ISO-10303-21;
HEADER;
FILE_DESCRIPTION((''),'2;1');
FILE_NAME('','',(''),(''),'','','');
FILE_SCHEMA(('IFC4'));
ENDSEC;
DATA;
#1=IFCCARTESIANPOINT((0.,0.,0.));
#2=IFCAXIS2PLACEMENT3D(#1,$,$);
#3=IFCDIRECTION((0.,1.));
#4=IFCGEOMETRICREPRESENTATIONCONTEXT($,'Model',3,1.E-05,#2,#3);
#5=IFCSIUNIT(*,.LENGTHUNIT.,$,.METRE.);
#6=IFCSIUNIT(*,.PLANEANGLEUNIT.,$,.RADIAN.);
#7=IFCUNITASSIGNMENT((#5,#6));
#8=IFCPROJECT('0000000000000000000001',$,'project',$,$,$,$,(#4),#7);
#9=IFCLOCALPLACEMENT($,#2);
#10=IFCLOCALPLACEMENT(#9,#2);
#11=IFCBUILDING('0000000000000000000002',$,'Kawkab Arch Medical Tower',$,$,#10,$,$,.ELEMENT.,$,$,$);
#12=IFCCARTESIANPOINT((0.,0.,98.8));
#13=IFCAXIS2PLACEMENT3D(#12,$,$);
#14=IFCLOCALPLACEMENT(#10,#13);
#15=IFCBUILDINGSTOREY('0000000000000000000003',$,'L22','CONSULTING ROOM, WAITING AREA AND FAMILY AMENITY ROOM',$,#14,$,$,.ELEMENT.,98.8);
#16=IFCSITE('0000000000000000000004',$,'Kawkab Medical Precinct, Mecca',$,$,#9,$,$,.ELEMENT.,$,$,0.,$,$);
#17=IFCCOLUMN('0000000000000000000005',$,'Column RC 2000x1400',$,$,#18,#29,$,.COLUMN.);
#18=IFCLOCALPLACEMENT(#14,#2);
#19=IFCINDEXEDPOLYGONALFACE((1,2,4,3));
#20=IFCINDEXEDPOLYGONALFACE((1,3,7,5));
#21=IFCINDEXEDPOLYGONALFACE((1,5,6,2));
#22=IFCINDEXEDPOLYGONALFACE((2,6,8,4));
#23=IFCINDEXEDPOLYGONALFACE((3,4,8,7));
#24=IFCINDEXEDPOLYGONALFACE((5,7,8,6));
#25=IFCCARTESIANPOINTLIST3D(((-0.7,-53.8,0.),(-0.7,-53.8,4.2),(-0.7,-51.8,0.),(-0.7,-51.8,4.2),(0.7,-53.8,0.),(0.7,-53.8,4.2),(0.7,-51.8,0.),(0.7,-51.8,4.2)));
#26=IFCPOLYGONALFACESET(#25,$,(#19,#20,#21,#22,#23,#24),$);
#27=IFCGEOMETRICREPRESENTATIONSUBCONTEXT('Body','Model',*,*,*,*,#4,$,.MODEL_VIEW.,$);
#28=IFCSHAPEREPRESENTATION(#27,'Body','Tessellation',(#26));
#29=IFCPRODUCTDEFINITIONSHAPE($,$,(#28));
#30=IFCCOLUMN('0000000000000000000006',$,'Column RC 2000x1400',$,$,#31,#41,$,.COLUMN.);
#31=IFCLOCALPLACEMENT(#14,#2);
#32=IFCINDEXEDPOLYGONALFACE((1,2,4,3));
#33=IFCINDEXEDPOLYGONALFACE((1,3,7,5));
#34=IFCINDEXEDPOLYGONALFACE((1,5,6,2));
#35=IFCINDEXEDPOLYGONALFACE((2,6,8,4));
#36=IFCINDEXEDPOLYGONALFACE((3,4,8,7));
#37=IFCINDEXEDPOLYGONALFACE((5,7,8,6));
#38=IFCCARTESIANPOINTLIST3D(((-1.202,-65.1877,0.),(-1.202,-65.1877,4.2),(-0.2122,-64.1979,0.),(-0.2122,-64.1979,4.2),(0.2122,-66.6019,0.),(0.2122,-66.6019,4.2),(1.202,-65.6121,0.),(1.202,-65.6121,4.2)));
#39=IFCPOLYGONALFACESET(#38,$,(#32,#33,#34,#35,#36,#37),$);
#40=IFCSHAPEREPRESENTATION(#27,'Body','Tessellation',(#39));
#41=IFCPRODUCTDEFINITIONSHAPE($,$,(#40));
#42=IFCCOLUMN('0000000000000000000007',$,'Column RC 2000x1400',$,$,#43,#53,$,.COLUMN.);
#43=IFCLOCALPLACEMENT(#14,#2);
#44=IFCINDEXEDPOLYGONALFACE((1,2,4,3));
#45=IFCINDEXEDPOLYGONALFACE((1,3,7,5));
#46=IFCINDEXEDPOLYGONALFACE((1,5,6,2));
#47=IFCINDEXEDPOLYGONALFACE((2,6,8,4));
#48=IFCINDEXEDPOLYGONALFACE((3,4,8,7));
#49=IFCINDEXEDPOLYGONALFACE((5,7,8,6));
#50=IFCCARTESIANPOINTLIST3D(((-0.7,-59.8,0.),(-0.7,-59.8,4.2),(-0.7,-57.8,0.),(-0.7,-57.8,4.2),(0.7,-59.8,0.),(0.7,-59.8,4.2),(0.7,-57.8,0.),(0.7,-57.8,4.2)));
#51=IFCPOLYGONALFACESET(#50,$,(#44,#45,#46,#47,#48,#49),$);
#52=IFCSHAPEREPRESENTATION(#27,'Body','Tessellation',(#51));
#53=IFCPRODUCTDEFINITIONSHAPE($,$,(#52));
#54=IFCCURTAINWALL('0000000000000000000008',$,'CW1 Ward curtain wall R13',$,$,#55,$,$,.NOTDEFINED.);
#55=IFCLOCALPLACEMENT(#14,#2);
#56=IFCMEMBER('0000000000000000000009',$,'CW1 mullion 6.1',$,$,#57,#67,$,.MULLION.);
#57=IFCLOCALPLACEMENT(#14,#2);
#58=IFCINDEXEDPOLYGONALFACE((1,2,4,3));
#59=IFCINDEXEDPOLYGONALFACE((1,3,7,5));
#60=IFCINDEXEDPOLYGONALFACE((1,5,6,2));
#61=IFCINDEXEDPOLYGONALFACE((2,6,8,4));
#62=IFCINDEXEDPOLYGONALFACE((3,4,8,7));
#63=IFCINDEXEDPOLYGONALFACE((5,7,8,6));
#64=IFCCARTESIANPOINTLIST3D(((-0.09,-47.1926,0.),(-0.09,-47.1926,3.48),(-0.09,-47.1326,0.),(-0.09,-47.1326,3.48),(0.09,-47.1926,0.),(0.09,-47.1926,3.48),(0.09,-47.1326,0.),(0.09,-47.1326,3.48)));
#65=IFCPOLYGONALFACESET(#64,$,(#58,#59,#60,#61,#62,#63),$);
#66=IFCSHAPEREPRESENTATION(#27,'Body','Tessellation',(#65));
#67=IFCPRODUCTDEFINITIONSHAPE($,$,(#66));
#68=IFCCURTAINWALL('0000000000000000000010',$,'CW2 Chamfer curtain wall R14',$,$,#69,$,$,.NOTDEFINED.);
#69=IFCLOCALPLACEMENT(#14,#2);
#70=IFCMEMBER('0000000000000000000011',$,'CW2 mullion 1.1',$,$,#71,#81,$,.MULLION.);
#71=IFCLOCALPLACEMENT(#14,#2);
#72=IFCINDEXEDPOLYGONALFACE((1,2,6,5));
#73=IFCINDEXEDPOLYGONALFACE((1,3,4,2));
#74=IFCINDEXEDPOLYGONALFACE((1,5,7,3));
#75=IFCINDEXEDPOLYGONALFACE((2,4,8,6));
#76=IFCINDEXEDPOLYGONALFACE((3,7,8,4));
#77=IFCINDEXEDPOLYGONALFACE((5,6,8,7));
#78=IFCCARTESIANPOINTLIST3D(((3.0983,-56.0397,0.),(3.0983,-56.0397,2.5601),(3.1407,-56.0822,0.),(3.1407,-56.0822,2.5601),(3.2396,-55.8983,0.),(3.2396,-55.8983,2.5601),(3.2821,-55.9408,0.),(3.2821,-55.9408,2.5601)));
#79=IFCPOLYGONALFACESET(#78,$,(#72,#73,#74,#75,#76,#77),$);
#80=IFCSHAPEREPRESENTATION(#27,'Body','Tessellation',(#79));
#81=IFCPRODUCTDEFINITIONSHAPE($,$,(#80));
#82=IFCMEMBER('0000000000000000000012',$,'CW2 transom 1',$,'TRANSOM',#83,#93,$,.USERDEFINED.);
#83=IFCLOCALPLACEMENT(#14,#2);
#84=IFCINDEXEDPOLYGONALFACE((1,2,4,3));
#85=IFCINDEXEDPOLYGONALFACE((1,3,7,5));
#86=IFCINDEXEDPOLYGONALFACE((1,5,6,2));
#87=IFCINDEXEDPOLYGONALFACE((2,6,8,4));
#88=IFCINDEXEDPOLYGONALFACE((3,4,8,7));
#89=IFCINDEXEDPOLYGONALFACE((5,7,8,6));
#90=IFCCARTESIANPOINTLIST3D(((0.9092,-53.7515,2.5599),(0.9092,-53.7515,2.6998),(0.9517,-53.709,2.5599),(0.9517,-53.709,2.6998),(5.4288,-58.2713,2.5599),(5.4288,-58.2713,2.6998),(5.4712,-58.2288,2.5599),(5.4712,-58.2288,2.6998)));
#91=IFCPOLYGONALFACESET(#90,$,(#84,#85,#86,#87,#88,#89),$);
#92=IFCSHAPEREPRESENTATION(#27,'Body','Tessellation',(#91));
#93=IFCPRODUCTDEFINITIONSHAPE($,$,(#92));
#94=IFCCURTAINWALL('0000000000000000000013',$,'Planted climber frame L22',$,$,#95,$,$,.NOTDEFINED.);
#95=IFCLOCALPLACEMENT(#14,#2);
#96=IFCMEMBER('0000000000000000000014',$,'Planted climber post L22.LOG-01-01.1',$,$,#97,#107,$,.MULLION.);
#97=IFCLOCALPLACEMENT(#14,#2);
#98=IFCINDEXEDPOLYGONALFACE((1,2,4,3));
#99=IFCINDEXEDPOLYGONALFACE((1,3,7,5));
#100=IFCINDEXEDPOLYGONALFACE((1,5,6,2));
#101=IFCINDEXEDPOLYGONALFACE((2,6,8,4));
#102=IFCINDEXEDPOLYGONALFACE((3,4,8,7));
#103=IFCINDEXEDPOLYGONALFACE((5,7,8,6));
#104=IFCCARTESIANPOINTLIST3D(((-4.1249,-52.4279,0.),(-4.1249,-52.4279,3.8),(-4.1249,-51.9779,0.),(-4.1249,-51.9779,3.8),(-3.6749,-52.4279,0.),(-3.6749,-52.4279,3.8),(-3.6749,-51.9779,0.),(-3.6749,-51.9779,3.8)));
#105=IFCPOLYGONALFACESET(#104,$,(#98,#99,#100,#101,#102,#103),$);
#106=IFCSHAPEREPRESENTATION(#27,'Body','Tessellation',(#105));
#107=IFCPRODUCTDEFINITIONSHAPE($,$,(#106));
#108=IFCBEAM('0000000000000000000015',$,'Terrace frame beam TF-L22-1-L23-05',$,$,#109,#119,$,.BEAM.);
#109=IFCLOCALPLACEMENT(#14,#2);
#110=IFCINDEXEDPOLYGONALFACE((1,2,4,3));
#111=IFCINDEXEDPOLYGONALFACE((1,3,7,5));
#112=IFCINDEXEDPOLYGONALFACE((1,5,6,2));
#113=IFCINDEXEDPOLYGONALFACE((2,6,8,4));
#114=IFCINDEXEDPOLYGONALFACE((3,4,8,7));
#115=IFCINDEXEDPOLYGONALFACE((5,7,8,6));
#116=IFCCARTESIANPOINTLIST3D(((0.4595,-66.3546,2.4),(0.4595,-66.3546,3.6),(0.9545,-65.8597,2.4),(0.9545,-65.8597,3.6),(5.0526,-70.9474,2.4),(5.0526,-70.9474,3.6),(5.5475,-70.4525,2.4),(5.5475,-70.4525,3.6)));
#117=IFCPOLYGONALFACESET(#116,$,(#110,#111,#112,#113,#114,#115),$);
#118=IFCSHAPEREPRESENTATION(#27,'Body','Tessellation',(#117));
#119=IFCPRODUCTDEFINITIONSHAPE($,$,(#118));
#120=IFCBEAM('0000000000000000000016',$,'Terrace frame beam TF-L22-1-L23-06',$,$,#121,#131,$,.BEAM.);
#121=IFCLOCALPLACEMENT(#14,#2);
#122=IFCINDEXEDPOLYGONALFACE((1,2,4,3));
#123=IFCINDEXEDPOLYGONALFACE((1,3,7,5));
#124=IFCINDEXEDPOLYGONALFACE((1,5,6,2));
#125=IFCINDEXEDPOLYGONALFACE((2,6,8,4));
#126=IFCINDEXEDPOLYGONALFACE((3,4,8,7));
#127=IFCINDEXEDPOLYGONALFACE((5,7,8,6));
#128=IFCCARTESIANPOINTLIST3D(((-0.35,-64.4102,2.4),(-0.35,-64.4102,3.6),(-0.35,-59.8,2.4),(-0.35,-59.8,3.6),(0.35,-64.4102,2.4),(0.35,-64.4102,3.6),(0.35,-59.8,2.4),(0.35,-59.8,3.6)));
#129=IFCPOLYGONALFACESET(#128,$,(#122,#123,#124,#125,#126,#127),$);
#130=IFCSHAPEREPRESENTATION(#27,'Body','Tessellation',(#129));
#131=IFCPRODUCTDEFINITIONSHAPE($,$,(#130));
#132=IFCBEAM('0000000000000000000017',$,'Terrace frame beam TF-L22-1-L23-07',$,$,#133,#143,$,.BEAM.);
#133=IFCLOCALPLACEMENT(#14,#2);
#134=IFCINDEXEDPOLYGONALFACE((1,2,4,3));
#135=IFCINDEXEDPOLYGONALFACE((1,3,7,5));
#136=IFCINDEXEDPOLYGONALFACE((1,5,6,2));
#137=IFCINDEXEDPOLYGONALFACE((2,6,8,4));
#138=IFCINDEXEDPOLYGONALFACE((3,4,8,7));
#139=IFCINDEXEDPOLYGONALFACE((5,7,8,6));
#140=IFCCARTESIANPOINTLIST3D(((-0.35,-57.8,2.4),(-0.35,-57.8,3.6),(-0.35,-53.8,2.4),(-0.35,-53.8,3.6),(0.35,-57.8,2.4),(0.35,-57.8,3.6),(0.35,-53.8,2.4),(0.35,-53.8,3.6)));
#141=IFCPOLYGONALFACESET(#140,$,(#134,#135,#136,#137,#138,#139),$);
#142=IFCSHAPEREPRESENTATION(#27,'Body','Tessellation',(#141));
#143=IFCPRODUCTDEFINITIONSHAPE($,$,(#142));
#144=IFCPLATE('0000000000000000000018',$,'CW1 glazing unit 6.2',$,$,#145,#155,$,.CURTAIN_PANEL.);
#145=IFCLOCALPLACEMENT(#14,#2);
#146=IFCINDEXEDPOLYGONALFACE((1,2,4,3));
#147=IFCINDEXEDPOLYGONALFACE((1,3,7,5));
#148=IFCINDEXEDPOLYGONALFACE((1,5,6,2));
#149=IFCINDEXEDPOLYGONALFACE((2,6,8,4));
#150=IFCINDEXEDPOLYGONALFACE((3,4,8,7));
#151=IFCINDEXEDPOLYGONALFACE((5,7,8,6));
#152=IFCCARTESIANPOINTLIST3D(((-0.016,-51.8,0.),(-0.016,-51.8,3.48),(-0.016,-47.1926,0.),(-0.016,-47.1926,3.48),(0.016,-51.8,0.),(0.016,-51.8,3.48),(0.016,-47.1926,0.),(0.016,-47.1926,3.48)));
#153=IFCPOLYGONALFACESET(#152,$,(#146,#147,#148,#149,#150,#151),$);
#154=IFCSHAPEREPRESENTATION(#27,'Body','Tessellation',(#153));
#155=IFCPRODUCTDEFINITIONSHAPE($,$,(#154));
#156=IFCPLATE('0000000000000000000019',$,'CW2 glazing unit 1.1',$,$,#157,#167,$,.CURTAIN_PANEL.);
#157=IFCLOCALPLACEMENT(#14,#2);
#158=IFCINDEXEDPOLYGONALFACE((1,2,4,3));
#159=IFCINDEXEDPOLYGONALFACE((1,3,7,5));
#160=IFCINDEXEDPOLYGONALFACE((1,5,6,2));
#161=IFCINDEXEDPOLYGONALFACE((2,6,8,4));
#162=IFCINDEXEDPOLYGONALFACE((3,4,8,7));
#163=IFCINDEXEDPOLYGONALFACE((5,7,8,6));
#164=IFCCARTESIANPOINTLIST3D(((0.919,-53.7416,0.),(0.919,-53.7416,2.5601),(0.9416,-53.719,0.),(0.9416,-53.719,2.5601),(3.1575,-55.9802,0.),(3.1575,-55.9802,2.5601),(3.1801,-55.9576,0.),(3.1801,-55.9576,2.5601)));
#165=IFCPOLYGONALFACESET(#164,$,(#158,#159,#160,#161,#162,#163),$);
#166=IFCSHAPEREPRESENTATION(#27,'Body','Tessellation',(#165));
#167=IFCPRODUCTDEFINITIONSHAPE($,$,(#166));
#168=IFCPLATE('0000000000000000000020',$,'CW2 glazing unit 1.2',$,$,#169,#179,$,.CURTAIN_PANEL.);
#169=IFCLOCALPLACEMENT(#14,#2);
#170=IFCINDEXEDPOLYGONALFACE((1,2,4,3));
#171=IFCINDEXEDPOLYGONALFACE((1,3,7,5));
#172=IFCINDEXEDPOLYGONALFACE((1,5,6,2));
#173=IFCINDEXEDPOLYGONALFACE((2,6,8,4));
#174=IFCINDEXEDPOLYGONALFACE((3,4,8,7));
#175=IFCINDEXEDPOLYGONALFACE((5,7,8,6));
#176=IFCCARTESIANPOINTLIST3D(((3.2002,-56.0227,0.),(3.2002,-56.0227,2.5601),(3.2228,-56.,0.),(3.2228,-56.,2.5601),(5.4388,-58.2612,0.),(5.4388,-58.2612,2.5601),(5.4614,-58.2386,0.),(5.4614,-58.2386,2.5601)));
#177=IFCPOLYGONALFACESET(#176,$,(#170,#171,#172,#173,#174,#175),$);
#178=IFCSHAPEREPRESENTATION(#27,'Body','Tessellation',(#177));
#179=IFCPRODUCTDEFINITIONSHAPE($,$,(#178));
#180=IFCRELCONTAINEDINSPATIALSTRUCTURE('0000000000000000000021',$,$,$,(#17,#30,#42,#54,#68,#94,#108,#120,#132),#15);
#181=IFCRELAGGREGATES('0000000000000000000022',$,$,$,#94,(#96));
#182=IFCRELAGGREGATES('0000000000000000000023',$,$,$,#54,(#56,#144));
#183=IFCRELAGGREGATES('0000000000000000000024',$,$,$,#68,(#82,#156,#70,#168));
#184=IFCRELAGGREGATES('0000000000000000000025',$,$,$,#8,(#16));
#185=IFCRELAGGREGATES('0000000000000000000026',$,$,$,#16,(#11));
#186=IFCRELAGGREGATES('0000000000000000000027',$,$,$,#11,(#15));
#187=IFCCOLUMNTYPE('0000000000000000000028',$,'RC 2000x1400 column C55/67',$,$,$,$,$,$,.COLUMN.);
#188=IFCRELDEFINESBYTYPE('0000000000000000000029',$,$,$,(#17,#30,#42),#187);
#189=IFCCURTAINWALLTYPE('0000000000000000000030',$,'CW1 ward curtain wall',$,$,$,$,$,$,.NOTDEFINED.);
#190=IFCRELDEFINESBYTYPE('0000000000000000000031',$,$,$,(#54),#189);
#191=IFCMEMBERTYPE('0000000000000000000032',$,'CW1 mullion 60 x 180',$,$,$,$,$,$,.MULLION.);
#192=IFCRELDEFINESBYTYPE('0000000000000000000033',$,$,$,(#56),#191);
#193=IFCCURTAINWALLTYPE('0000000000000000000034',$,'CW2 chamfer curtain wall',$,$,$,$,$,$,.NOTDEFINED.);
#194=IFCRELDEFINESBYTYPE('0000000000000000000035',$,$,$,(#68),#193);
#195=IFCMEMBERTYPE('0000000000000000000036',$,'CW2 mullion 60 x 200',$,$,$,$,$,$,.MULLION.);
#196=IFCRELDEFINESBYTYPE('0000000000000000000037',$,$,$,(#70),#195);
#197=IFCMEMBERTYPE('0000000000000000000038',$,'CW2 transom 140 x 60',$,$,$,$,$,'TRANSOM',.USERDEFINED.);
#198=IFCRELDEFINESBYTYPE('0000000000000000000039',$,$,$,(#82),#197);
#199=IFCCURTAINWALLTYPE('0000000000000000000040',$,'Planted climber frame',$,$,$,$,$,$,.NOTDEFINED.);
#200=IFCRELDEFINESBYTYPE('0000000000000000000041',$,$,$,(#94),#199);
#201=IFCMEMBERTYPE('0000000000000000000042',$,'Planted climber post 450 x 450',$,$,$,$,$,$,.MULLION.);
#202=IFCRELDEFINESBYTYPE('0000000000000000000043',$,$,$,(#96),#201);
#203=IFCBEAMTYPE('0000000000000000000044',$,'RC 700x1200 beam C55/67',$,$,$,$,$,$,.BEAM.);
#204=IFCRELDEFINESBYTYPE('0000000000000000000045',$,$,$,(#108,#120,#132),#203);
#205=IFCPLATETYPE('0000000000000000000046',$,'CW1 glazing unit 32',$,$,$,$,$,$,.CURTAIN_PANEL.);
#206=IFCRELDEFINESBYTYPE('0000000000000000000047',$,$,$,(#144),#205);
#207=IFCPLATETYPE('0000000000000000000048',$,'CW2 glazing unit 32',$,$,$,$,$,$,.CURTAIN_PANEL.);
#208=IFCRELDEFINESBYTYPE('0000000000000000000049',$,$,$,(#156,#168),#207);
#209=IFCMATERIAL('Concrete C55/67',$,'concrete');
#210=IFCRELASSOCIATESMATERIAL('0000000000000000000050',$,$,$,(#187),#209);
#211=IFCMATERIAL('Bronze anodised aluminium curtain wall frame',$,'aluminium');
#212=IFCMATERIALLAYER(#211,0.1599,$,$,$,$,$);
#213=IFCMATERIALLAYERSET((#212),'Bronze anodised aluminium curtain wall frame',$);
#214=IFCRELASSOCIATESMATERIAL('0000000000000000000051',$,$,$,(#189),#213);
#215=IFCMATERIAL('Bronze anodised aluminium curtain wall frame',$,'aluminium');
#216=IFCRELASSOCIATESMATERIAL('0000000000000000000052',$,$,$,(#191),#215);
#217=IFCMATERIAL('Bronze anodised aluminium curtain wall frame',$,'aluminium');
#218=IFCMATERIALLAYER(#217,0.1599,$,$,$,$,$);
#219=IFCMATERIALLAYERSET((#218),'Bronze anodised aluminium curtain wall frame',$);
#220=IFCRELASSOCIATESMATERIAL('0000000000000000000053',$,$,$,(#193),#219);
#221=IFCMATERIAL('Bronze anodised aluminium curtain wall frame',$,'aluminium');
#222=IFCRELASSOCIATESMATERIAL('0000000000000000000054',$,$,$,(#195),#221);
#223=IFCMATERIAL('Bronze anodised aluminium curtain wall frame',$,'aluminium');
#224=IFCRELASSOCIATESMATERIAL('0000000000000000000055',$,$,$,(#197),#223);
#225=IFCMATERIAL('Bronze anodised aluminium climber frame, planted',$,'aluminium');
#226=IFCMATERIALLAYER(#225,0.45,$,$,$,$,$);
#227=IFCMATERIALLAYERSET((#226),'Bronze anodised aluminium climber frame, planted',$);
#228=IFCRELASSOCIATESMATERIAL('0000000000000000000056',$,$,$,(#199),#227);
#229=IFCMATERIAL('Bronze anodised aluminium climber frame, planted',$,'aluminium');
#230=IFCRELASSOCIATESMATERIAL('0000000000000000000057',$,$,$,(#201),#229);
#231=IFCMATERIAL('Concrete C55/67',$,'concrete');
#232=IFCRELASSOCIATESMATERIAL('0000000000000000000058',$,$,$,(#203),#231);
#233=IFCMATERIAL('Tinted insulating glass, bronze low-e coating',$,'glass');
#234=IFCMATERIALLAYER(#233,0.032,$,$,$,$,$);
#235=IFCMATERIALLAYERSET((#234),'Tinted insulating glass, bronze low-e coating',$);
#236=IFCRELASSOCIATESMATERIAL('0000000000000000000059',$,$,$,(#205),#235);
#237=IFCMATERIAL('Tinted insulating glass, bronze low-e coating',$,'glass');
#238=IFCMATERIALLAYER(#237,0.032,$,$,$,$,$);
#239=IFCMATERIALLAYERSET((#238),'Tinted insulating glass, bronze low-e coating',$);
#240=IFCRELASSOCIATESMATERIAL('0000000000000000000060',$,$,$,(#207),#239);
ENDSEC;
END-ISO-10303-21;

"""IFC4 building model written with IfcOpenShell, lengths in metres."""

from ifc_helpers import new_model, si_unit, direction, frame, origin, origin_2d, place, context, subcontext, project, spatial, rectangle, extrude, material, layer, layer_set, material_profile, profile_set, type_object, element, aggregate, save


model = new_model("IFC4")

# Units and contexts
model_context = context("Model", 3, precision=1e-05, world=origin(), true_north=direction((0.0, 1.0)))
body_context = subcontext(model_context, "Body", "Model", "MODEL_VIEW")
ifc_project = project(units=[si_unit("LENGTHUNIT", "METRE"), si_unit("PLANEANGLEUNIT", "RADIAN")], contexts=[model_context])

# Site, building, storey
site_placement = place(None, origin())
site = spatial("IfcSite", under=ifc_project, at=site_placement, Name="Kawkab Medical Precinct, Mecca", CompositionType="ELEMENT", RefElevation=0.0)
building_placement = place(site_placement, origin())
building = spatial("IfcBuilding", under=site, at=building_placement, Name="Kawkab Arch Medical Tower", CompositionType="ELEMENT")
storey_placement = place(building_placement, frame((0.0, 0.0, 98.8)))
storey = spatial("IfcBuildingStorey", under=building, at=storey_placement, Name="L22", Description="CONSULTING ROOM, WAITING AREA AND FAMILY AMENITY ROOM", CompositionType="ELEMENT", Elevation=98.8)

# Columns
ifc_material_1 = material(Name="Concrete C55/67", Category="concrete")
ifc_material_profile_1 = material_profile(ifc_material_1, rectangle(XDim=2.0, YDim=1.3999, at=origin_2d()), Name="RC 2000x1400")
ifc_profile_set_1 = profile_set([ifc_material_profile_1], Name="Concrete C55/67")
column_type = type_object("IfcColumnType", Name="RC 2000x1400 column C55/67", PredefinedType="COLUMN", material=ifc_profile_set_1)
for number, where, z_axis, x_axis, name in (
    (1, (0.0, -52.8, 0.0), (0.0, 0.0, 1.0), (0.0, 1.0, 0.0), "Column RC 2000x1400"),
    (2, (0.0, -65.3999, 0.0), (0.0, 0.0, 1.0), (-0.707107, 0.707107, 0.0), "Column RC 2000x1400"),
    (3, (0.0, -58.8, 0.0), (0.0, 0.0, 1.0), (0.0, 1.0, 0.0), "Column RC 2000x1400"),
):
    element("IfcColumn", number, at=place(storey_placement, frame(where, z_axis=z_axis, x_axis=x_axis)), inside=storey, type_object=column_type, Name=name, PredefinedType="COLUMN", context=body_context, shape_type="SweptSolid", body=[
        extrude(rectangle(XDim=2.0, YDim=1.3999, at=origin_2d()), origin(), (0.0, 0.0, 1.0), 4.2),
    ])

# Curtain wall, member
ifc_material_2 = material(Name="Bronze anodised aluminium curtain wall frame", Category="aluminium")
ifc_layer_1 = layer(ifc_material_2, 0.1599)
ifc_layer_set_1 = layer_set([ifc_layer_1], Name="Bronze anodised aluminium curtain wall frame")
curtain_wall_type_1 = type_object("IfcCurtainWallType", Name="CW1 ward curtain wall", PredefinedType="NOTDEFINED", material=ifc_layer_set_1)
placement = place(storey_placement, origin())
curtain_wall_1 = element("IfcCurtainWall", 4, at=placement, inside=storey, type_object=curtain_wall_type_1, Name="CW1 Ward curtain wall R13", PredefinedType="NOTDEFINED")
ifc_material_3 = material(Name="Bronze anodised aluminium curtain wall frame", Category="aluminium")
ifc_material_profile_2 = material_profile(ifc_material_3, rectangle(XDim=0.1799, YDim=0.0601, at=origin_2d()), Name="AL 60x180")
ifc_profile_set_2 = profile_set([ifc_material_profile_2], Name="Bronze anodised aluminium curtain wall frame")
member_type_1 = type_object("IfcMemberType", Name="CW1 mullion 60 x 180", PredefinedType="MULLION", material=ifc_profile_set_2)
member_1_placement = place(storey_placement, frame((0.0, -47.1626, 0.0), z_axis=(0.0, 0.0, 1.0), x_axis=(1.0, 0.0, 0.0)))
member_1 = element("IfcMember", 5, at=member_1_placement, type_object=member_type_1, Name="CW1 mullion 6.1", PredefinedType="MULLION", context=body_context, shape_type="SweptSolid", body=[
    extrude(rectangle(XDim=0.1799, YDim=0.0601, at=origin_2d()), origin(), (0.0, 0.0, 1.0), 3.48),
])

# Curtain wall, members
ifc_material_4 = material(Name="Bronze anodised aluminium curtain wall frame", Category="aluminium")
ifc_layer_2 = layer(ifc_material_4, 0.1599)
ifc_layer_set_2 = layer_set([ifc_layer_2], Name="Bronze anodised aluminium curtain wall frame")
curtain_wall_type_2 = type_object("IfcCurtainWallType", Name="CW2 chamfer curtain wall", PredefinedType="NOTDEFINED", material=ifc_layer_set_2)
curtain_wall_2 = element("IfcCurtainWall", 6, at=placement, inside=storey, type_object=curtain_wall_type_2, Name="CW2 Chamfer curtain wall R14", PredefinedType="NOTDEFINED")
ifc_material_5 = material(Name="Bronze anodised aluminium curtain wall frame", Category="aluminium")
ifc_material_profile_3 = material_profile(ifc_material_5, rectangle(XDim=0.2, YDim=0.0601, at=origin_2d()), Name="AL 60x200")
ifc_profile_set_3 = profile_set([ifc_material_profile_3], Name="Bronze anodised aluminium curtain wall frame")
member_type_2 = type_object("IfcMemberType", Name="CW2 mullion 60 x 200", PredefinedType="MULLION", material=ifc_profile_set_3)
member_2_placement = place(storey_placement, frame((3.1902, -55.9902, 0.0), z_axis=(0.0, 0.0, 1.0), x_axis=(0.707107, 0.707107, 0.0)))
member_2 = element("IfcMember", 7, at=member_2_placement, type_object=member_type_2, Name="CW2 mullion 1.1", PredefinedType="MULLION", context=body_context, shape_type="SweptSolid", body=[
    extrude(rectangle(XDim=0.2, YDim=0.0601, at=origin_2d()), origin(), (0.0, 0.0, 1.0), 2.5601),
])
ifc_material_6 = material(Name="Bronze anodised aluminium curtain wall frame", Category="aluminium")
ifc_material_profile_4 = material_profile(ifc_material_6, rectangle(XDim=0.0601, YDim=0.1399, at=origin_2d()), Name="AL 60x140")
ifc_profile_set_4 = profile_set([ifc_material_profile_4], Name="Bronze anodised aluminium curtain wall frame")
member_type_3 = type_object("IfcMemberType", Name="CW2 transom 140 x 60", ElementType="TRANSOM", PredefinedType="USERDEFINED", material=ifc_profile_set_4)
member_3_placement = place(storey_placement, frame((0.9304, -53.7302, 2.6299), z_axis=(0.707088, -0.707126, 0.0), x_axis=(0.707126, 0.707088, 0.0)))
member_3 = element("IfcMember", 8, at=member_3_placement, type_object=member_type_3, Name="CW2 transom 1", ObjectType="TRANSOM", PredefinedType="USERDEFINED", context=body_context, shape_type="SweptSolid", body=[
    extrude(rectangle(XDim=0.0601, YDim=0.1399, at=origin_2d()), origin(), (0.0, 0.0, 1.0), 6.3918),
])

# Curtain wall, member
ifc_material_7 = material(Name="Bronze anodised aluminium climber frame, planted", Category="aluminium")
ifc_layer_3 = layer(ifc_material_7, 0.45)
ifc_layer_set_3 = layer_set([ifc_layer_3], Name="Bronze anodised aluminium climber frame, planted")
curtain_wall_type_3 = type_object("IfcCurtainWallType", Name="Planted climber frame", PredefinedType="NOTDEFINED", material=ifc_layer_set_3)
curtain_wall_3 = element("IfcCurtainWall", 9, at=placement, inside=storey, type_object=curtain_wall_type_3, Name="Planted climber frame L22", PredefinedType="NOTDEFINED")
ifc_material_8 = material(Name="Bronze anodised aluminium climber frame, planted", Category="aluminium")
ifc_material_profile_5 = material_profile(ifc_material_8, rectangle(XDim=0.45, YDim=0.45, at=origin_2d()), Name="Post 450x450")
ifc_profile_set_5 = profile_set([ifc_material_profile_5], Name="Bronze anodised aluminium climber frame, planted")
member_type_4 = type_object("IfcMemberType", Name="Planted climber post 450 x 450", PredefinedType="MULLION", material=ifc_profile_set_5)
member_4_placement = place(storey_placement, frame((-3.8999, -52.2029, 0.0), z_axis=(0.0, 0.0, 1.0), x_axis=(1.0, 0.0, 0.0)))
member_4 = element("IfcMember", 10, at=member_4_placement, type_object=member_type_4, Name="Planted climber post L22.LOG-01-01.1", PredefinedType="MULLION", context=body_context, shape_type="SweptSolid", body=[
    extrude(rectangle(XDim=0.45, YDim=0.45, at=origin_2d()), origin(), (0.0, 0.0, 1.0), 3.8),
])
aggregate(curtain_wall_3, [member_4])

# Beams
ifc_material_9 = material(Name="Concrete C55/67", Category="concrete")
ifc_material_profile_6 = material_profile(ifc_material_9, rectangle(XDim=0.7, YDim=1.2, at=origin_2d()), Name="RC 700x1200")
ifc_profile_set_6 = profile_set([ifc_material_profile_6], Name="Concrete C55/67")
beam_type = type_object("IfcBeamType", Name="RC 700x1200 beam C55/67", PredefinedType="BEAM", material=ifc_profile_set_6)
beam_1_placement = place(storey_placement, frame((5.3, -70.7, 3.0), z_axis=(-0.707126, 0.707088, 0.0), x_axis=(-0.707088, -0.707126, 0.0)))
element("IfcBeam", 11, at=beam_1_placement, inside=storey, type_object=beam_type, Name="Terrace frame beam TF-L22-1-L23-05", PredefinedType="BEAM", context=body_context, shape_type="SweptSolid", body=[
    extrude(rectangle(XDim=0.7, YDim=1.2, at=origin_2d()), origin(), (0.0, 0.0, 1.0), 6.4954),
])
beam_2_placement = place(storey_placement, frame((0.0, -64.4102, 3.0), z_axis=(0.0, 1.0, 0.0), x_axis=(-1.0, 0.0, 0.0)))
element("IfcBeam", 12, at=beam_2_placement, inside=storey, type_object=beam_type, Name="Terrace frame beam TF-L22-1-L23-06", PredefinedType="BEAM", context=body_context, shape_type="SweptSolid", body=[
    extrude(rectangle(XDim=0.7, YDim=1.2, at=origin_2d()), origin(), (0.0, 0.0, 1.0), 4.6101),
])
beam_3_placement = place(storey_placement, frame((0.0, -57.8, 3.0), z_axis=(0.0, 1.0, 0.0), x_axis=(-1.0, 0.0, 0.0)))
element("IfcBeam", 13, at=beam_3_placement, inside=storey, type_object=beam_type, Name="Terrace frame beam TF-L22-1-L23-07", PredefinedType="BEAM", context=body_context, shape_type="SweptSolid", body=[
    extrude(rectangle(XDim=0.7, YDim=1.2, at=origin_2d()), origin(), (0.0, 0.0, 1.0), 4.0),
])

# Plates
ifc_material_10 = material(Name="Tinted insulating glass, bronze low-e coating", Category="glass")
ifc_layer_4 = layer(ifc_material_10, 0.032)
ifc_layer_set_4 = layer_set([ifc_layer_4], Name="Tinted insulating glass, bronze low-e coating")
plate_type_1 = type_object("IfcPlateType", Name="CW1 glazing unit 32", PredefinedType="CURTAIN_PANEL", material=ifc_layer_set_4)
plate_1_placement = place(storey_placement, frame((0.0, -49.4963, 0.0), z_axis=(0.0, 0.0, 1.0), x_axis=(0.0, -1.0, 0.0)))
plate_1 = element("IfcPlate", 14, at=plate_1_placement, type_object=plate_type_1, Name="CW1 glazing unit 6.2", PredefinedType="CURTAIN_PANEL", context=body_context, shape_type="SweptSolid", body=[
    extrude(rectangle(XDim=4.6074, YDim=0.032, at=origin_2d()), origin(), (0.0, 0.0, 1.0), 3.48),
])
aggregate(curtain_wall_1, [member_1, plate_1])
ifc_material_11 = material(Name="Tinted insulating glass, bronze low-e coating", Category="glass")
ifc_layer_5 = layer(ifc_material_11, 0.032)
ifc_layer_set_5 = layer_set([ifc_layer_5], Name="Tinted insulating glass, bronze low-e coating")
plate_type_2 = type_object("IfcPlateType", Name="CW2 glazing unit 32", PredefinedType="CURTAIN_PANEL", material=ifc_layer_set_5)
plate_2_placement = place(storey_placement, frame((2.0496, -54.8496, 0.0), z_axis=(0.0, 0.0, 1.0), x_axis=(0.707107, -0.707107, 0.0)))
plate_2 = element("IfcPlate", 15, at=plate_2_placement, type_object=plate_type_2, Name="CW2 glazing unit 1.1", PredefinedType="CURTAIN_PANEL", context=body_context, shape_type="SweptSolid", body=[
    extrude(rectangle(XDim=3.1658, YDim=0.032, at=origin_2d()), origin(), (0.0, 0.0, 1.0), 2.5601),
])
plate_3_placement = place(storey_placement, frame((4.3308, -57.1306, 0.0), z_axis=(0.0, 0.0, 1.0), x_axis=(0.707107, -0.707107, 0.0)))
plate_3 = element("IfcPlate", 16, at=plate_3_placement, type_object=plate_type_2, Name="CW2 glazing unit 1.2", PredefinedType="CURTAIN_PANEL", context=body_context, shape_type="SweptSolid", body=[
    extrude(rectangle(XDim=3.1658, YDim=0.032, at=origin_2d()), origin(), (0.0, 0.0, 1.0), 2.5601),
])
aggregate(curtain_wall_2, [member_3, plate_2, member_2, plate_3])

save(model, "model.ifc")
